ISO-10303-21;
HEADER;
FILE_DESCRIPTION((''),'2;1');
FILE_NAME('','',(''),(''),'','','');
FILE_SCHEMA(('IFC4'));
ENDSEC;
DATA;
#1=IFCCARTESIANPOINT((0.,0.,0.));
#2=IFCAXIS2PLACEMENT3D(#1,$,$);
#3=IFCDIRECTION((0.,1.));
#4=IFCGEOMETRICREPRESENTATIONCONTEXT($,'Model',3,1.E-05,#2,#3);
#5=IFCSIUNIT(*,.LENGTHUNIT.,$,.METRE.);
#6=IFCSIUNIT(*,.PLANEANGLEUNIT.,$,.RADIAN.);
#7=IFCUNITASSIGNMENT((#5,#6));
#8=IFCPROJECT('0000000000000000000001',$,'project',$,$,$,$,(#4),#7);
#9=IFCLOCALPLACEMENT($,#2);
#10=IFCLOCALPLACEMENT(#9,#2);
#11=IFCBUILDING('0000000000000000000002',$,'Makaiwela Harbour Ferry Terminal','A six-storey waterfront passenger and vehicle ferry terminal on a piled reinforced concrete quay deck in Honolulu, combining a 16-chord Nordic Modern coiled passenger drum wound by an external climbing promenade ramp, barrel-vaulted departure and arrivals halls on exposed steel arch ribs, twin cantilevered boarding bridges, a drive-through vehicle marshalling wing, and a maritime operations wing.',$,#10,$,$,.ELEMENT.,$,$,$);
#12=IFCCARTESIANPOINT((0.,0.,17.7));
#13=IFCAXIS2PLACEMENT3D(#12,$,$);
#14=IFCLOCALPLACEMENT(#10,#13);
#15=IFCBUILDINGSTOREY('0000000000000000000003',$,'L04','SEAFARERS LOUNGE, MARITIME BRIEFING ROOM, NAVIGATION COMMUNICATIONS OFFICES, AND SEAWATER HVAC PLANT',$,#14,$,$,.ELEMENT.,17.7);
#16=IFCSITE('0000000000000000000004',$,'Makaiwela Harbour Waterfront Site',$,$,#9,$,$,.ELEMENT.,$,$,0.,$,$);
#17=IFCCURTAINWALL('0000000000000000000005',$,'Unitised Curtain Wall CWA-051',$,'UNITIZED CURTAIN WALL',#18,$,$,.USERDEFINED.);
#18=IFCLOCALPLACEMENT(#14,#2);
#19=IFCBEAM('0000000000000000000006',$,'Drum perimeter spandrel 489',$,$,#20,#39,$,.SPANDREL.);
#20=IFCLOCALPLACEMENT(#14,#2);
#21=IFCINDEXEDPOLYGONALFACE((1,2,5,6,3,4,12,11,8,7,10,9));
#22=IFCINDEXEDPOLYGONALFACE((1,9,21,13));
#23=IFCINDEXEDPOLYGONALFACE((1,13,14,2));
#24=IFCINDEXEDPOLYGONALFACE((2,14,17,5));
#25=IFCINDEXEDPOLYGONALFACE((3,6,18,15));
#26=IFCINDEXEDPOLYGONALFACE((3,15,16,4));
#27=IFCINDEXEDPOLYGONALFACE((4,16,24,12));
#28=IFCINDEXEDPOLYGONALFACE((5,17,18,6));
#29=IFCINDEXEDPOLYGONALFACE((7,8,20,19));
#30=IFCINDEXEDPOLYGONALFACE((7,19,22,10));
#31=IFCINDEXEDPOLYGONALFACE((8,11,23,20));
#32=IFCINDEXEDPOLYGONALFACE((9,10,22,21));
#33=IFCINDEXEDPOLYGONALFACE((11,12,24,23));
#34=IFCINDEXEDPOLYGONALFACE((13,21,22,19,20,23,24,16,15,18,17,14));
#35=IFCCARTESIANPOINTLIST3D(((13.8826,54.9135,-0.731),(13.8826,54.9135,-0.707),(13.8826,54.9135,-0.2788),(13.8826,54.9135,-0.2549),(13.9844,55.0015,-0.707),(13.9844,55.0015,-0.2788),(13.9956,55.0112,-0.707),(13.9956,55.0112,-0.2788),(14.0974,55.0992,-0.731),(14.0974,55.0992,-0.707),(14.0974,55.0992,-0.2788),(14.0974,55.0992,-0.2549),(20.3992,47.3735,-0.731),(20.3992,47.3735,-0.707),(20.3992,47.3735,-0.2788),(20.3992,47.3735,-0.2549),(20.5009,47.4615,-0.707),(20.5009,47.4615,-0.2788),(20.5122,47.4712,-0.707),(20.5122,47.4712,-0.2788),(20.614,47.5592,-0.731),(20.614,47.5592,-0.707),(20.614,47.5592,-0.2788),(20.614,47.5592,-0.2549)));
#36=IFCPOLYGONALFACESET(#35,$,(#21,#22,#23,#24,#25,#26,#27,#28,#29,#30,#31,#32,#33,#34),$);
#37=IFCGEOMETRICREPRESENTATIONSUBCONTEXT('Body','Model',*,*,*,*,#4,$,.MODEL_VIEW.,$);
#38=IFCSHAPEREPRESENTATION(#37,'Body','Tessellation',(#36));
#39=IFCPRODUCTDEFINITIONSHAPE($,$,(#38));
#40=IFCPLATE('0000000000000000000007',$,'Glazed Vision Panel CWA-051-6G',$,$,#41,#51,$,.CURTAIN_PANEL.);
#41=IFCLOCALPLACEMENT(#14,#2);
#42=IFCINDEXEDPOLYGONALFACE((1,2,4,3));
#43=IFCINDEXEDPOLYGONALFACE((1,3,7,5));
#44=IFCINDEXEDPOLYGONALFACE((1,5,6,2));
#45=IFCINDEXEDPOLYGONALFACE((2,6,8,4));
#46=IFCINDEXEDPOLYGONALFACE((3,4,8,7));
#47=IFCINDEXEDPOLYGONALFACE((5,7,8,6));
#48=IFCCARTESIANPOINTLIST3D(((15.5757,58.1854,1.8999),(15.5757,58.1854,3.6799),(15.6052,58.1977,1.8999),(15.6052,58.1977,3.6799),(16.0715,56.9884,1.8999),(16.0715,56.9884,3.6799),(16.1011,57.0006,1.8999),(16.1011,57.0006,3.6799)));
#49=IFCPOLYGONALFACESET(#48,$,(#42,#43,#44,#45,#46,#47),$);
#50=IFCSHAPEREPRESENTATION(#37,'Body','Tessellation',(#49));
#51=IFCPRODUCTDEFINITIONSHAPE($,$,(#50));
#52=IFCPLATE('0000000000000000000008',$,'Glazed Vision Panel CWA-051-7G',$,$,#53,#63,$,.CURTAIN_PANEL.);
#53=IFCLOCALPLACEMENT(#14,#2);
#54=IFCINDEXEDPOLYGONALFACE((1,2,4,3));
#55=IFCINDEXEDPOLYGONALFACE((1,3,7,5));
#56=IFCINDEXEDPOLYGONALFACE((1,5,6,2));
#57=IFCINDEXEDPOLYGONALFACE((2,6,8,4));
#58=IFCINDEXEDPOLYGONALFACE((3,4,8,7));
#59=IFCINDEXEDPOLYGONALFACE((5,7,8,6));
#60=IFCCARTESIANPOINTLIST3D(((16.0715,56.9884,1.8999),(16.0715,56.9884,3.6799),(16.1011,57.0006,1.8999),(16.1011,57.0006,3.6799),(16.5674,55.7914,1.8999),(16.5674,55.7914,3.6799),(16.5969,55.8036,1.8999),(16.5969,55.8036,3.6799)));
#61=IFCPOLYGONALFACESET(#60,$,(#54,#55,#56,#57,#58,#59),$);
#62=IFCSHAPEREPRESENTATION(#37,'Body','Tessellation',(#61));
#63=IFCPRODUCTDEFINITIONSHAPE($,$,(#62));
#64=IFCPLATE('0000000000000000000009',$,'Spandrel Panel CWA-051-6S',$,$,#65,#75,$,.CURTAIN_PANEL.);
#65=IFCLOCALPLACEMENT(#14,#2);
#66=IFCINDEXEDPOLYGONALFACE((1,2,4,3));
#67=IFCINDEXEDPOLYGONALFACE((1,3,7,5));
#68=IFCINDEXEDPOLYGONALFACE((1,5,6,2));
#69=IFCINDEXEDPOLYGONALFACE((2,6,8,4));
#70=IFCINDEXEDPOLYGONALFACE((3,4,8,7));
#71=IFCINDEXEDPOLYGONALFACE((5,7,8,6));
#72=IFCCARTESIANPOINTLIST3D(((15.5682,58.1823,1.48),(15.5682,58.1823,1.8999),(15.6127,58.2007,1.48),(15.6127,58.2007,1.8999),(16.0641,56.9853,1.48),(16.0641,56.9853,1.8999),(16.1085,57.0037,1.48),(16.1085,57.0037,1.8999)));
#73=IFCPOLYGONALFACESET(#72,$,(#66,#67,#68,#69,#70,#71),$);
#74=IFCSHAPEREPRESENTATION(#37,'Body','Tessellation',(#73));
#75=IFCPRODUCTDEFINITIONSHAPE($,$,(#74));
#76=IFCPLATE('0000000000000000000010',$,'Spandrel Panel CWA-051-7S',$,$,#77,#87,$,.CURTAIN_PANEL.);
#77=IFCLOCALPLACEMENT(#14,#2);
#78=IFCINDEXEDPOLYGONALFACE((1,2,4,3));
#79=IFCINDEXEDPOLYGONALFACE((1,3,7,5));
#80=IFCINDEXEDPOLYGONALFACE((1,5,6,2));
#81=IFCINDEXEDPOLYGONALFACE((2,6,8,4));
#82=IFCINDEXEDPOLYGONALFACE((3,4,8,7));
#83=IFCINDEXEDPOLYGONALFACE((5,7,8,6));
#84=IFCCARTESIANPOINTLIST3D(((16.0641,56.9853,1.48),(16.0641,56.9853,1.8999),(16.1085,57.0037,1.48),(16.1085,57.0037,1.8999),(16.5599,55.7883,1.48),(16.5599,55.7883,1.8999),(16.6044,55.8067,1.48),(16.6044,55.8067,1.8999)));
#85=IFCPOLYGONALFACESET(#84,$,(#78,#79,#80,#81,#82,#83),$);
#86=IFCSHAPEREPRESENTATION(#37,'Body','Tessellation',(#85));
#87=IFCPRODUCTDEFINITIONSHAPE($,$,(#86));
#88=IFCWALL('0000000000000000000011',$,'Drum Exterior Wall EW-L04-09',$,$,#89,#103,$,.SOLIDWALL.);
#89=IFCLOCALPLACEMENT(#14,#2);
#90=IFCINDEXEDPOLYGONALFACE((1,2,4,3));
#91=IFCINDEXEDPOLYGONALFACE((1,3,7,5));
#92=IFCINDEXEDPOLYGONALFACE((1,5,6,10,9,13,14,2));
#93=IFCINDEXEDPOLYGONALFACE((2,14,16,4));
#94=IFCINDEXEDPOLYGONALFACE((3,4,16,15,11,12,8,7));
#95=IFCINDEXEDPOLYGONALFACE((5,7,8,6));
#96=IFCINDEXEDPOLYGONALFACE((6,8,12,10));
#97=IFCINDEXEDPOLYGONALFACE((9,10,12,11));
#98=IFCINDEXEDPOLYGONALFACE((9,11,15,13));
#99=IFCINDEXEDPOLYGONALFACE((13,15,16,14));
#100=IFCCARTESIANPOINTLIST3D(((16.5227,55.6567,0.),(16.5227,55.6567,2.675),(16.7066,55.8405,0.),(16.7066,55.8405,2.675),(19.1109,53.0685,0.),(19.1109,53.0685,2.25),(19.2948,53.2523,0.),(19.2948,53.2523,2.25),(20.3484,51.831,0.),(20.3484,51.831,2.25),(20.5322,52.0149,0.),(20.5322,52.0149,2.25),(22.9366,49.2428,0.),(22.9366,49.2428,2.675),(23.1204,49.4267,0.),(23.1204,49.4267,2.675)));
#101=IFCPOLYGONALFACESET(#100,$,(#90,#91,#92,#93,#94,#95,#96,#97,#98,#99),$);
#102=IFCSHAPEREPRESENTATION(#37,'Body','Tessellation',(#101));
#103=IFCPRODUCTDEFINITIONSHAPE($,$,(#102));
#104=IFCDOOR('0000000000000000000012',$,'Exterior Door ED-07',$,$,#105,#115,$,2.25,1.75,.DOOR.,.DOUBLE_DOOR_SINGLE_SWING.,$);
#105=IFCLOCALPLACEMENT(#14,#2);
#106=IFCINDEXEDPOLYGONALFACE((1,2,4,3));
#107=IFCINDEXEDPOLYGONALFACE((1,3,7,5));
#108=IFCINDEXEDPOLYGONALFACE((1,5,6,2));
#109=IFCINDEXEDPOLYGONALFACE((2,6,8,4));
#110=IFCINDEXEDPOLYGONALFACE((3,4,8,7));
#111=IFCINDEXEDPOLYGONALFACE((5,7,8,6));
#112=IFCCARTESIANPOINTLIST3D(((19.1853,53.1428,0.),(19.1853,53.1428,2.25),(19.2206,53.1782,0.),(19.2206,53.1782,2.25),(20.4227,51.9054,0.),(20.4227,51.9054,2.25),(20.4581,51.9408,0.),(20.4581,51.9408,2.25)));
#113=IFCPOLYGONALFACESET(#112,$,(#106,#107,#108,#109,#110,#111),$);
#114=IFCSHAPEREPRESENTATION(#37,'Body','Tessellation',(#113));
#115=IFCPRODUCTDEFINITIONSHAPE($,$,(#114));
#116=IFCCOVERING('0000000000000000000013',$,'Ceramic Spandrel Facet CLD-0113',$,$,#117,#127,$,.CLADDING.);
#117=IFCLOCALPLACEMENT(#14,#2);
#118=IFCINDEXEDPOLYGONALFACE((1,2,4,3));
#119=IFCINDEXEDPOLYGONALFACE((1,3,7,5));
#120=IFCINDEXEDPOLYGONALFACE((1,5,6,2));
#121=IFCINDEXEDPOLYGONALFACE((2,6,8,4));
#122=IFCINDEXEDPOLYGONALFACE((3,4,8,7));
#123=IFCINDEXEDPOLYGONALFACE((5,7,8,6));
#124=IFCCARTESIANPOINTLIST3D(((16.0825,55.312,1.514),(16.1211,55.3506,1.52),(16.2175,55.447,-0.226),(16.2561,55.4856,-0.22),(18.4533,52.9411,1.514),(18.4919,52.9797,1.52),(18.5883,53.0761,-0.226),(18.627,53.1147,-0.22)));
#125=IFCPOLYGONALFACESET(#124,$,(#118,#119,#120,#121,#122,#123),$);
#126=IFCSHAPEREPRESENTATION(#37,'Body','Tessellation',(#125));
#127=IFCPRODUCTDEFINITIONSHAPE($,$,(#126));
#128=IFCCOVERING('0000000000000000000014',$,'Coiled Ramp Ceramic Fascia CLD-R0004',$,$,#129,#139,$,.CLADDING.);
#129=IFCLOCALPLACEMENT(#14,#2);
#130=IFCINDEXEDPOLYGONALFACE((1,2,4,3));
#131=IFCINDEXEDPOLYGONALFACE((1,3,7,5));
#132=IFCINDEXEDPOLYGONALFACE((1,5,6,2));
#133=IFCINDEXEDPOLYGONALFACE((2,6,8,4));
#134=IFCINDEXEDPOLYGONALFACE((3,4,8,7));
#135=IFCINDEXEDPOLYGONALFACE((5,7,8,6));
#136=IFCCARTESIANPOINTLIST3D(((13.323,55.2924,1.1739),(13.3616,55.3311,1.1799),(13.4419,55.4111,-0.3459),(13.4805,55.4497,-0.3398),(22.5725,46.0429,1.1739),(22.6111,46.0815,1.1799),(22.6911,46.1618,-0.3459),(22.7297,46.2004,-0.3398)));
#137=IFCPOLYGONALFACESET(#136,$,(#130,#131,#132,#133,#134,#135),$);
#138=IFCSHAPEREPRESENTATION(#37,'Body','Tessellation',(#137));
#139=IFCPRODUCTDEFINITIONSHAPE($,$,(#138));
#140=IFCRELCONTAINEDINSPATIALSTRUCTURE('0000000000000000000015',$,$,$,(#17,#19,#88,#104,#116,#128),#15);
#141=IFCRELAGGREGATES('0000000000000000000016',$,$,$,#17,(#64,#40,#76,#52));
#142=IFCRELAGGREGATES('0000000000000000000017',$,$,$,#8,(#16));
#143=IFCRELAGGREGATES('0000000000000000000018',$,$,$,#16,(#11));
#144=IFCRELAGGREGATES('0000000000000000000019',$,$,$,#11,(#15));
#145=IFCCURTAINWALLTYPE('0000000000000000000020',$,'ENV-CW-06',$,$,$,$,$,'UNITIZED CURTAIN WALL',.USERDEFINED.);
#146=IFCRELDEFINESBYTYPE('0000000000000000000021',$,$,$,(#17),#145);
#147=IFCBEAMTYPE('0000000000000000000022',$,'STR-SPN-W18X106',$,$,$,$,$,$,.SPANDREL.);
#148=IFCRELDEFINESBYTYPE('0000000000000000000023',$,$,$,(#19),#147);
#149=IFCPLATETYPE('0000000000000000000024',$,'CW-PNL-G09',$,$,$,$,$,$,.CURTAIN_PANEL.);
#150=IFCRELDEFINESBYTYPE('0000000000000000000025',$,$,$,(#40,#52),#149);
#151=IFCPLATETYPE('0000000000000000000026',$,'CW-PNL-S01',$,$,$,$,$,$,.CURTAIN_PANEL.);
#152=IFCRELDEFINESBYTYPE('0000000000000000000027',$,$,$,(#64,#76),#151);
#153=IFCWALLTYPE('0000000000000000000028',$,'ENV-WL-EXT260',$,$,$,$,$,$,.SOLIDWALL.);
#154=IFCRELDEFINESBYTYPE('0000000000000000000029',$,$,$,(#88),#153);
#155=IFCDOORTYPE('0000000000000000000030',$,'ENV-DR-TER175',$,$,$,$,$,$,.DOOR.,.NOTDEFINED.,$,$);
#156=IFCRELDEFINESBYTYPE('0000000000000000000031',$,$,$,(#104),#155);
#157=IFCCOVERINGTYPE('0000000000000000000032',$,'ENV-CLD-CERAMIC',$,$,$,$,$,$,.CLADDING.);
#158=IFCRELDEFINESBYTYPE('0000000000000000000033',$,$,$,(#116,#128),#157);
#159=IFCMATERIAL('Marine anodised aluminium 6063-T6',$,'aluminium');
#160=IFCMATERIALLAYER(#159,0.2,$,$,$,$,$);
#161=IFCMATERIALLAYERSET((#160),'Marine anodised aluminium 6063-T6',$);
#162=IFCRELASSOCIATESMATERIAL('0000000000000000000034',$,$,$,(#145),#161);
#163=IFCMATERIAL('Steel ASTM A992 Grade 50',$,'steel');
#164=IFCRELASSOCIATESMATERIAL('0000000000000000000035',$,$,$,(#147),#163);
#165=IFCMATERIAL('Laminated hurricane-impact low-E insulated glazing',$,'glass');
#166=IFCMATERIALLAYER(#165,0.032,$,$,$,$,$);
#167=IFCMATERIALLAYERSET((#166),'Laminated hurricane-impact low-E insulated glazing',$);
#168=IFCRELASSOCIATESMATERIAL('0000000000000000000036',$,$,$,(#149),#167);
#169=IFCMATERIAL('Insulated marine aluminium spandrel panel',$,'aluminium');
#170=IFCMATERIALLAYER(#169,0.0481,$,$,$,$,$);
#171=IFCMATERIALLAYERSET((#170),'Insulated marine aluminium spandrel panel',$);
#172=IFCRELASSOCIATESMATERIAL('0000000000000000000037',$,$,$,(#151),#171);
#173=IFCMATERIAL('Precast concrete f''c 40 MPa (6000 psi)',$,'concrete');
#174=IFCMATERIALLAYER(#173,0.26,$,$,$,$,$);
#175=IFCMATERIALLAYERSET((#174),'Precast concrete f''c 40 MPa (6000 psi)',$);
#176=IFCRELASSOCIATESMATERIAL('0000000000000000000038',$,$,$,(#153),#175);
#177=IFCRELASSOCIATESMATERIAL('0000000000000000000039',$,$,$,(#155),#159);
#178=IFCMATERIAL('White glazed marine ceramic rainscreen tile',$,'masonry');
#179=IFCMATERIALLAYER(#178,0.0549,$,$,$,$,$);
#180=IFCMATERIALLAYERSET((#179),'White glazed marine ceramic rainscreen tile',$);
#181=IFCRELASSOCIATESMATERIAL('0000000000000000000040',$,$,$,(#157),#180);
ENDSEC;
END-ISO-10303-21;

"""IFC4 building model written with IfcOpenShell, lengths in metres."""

from ifc_helpers import new_model, si_unit, direction, frame, frame_2d, origin, origin_2d, place, context, subcontext, project, spatial, polyline, rectangle, i_section, outline, extrude, material, layer, layer_set, material_profile, profile_set, type_object, element, fill, aggregate, save


model = new_model("IFC4")

# Units and contexts
model_context = context("Model", 3, precision=1e-05, world=origin(), true_north=direction((0.0, 1.0)))
body_context = subcontext(model_context, "Body", "Model", "MODEL_VIEW")
ifc_project = project(units=[si_unit("LENGTHUNIT", "METRE"), si_unit("PLANEANGLEUNIT", "RADIAN")], contexts=[model_context])

# Site, building, storey
site_placement = place(None, origin())
site = spatial("IfcSite", under=ifc_project, at=site_placement, Name="Makaiwela Harbour Waterfront Site", CompositionType="ELEMENT", RefElevation=0.0)
building_placement = place(site_placement, origin())
building = spatial("IfcBuilding", under=site, at=building_placement, Name="Makaiwela Harbour Ferry Terminal", Description="A six-storey waterfront passenger and vehicle ferry terminal on a piled reinforced concrete quay deck in Honolulu, combining a 16-chord Nordic Modern coiled passenger drum wound by an external climbing promenade ramp, barrel-vaulted departure and arrivals halls on exposed steel arch ribs, twin cantilevered boarding bridges, a drive-through vehicle marshalling wing, and a maritime operations wing.", CompositionType="ELEMENT")
storey_placement = place(building_placement, frame((0.0, 0.0, 17.7)))
storey = spatial("IfcBuildingStorey", under=building, at=storey_placement, Name="L04", Description="SEAFARERS LOUNGE, MARITIME BRIEFING ROOM, NAVIGATION COMMUNICATIONS OFFICES, AND SEAWATER HVAC PLANT", CompositionType="ELEMENT", Elevation=17.7)

# Curtain wall
ifc_material_1 = material(Name="Marine anodised aluminium 6063-T6", Category="aluminium")
ifc_layer_1 = layer(ifc_material_1, 0.2)
ifc_layer_set_1 = layer_set([ifc_layer_1], Name="Marine anodised aluminium 6063-T6")
curtain_wall_type = type_object("IfcCurtainWallType", Name="ENV-CW-06", ElementType="UNITIZED CURTAIN WALL", PredefinedType="USERDEFINED", material=ifc_layer_set_1)
curtain_wall_placement = place(storey_placement, origin())
curtain_wall = element("IfcCurtainWall", 1, at=curtain_wall_placement, inside=storey, type_object=curtain_wall_type, Name="Unitised Curtain Wall CWA-051", ObjectType="UNITIZED CURTAIN WALL", PredefinedType="USERDEFINED")

# Beam
ifc_material_2 = material(Name="Steel ASTM A992 Grade 50", Category="steel")
ifc_material_profile_1 = material_profile(ifc_material_2, i_section(OverallWidth=0.2839, OverallDepth=0.4761, WebThickness=0.0149, FlangeThickness=0.0239, at=origin_2d()), Name="W18X106")
ifc_profile_set_1 = profile_set([ifc_material_profile_1], Name="Steel ASTM A992 Grade 50")
beam_type_1 = type_object("IfcBeamType", Name="STR-SPN-W18X106", PredefinedType="SPANDREL", material=ifc_profile_set_1)
beam_1_placement = place(storey_placement, frame((13.99, 55.0063, -0.4929), z_axis=(0.653893, -0.756587, 0.0), x_axis=(0.756587, 0.653893, 0.0)))
element("IfcBeam", 2, at=beam_1_placement, inside=storey, type_object=beam_type_1, Name="Drum perimeter spandrel 489", PredefinedType="SPANDREL", context=body_context, shape_type="SweptSolid", body=[
    extrude(i_section(OverallWidth=0.2839, OverallDepth=0.4761, WebThickness=0.0149, FlangeThickness=0.0239, at=origin_2d()), origin(), (0.0, 0.0, 1.0), 9.9658),
])

# Plates
ifc_material_3 = material(Name="Laminated hurricane-impact low-E insulated glazing", Category="glass")
ifc_layer_2 = layer(ifc_material_3, 0.032)
ifc_layer_set_2 = layer_set([ifc_layer_2], Name="Laminated hurricane-impact low-E insulated glazing")
plate_type_1 = type_object("IfcPlateType", Name="CW-PNL-G09", PredefinedType="CURTAIN_PANEL", material=ifc_layer_set_2)
plate_1_placement = place(storey_placement, frame((15.8384, 57.593, 1.8999), z_axis=(0.0, 0.0, 1.0), x_axis=(0.382683, -0.92388, 0.0)))
plate_1 = element("IfcPlate", 3, at=plate_1_placement, type_object=plate_type_1, Name="Glazed Vision Panel CWA-051-6G", PredefinedType="CURTAIN_PANEL", context=body_context, shape_type="SweptSolid", body=[
    extrude(rectangle(XDim=1.2957, YDim=0.032, at=origin_2d()), origin(), (0.0, 0.0, 1.0), 1.78),
])
plate_2_placement = place(storey_placement, frame((16.3342, 56.396, 1.8999), z_axis=(0.0, 0.0, 1.0), x_axis=(0.382683, -0.92388, 0.0)))
plate_2 = element("IfcPlate", 4, at=plate_2_placement, type_object=plate_type_1, Name="Glazed Vision Panel CWA-051-7G", PredefinedType="CURTAIN_PANEL", context=body_context, shape_type="SweptSolid", body=[
    extrude(rectangle(XDim=1.2957, YDim=0.032, at=origin_2d()), origin(), (0.0, 0.0, 1.0), 1.78),
])
ifc_material_4 = material(Name="Insulated marine aluminium spandrel panel", Category="aluminium")
ifc_layer_3 = layer(ifc_material_4, 0.0481)
ifc_layer_set_3 = layer_set([ifc_layer_3], Name="Insulated marine aluminium spandrel panel")
plate_type_2 = type_object("IfcPlateType", Name="CW-PNL-S01", PredefinedType="CURTAIN_PANEL", material=ifc_layer_set_3)
plate_3_placement = place(storey_placement, frame((15.8384, 57.593, 1.48), z_axis=(0.0, 0.0, 1.0), x_axis=(0.382683, -0.92388, 0.0)))
plate_3 = element("IfcPlate", 5, at=plate_3_placement, type_object=plate_type_2, Name="Spandrel Panel CWA-051-6S", PredefinedType="CURTAIN_PANEL", context=body_context, shape_type="SweptSolid", body=[
    extrude(rectangle(XDim=1.2957, YDim=0.0481, at=origin_2d()), origin(), (0.0, 0.0, 1.0), 0.4199),
])
plate_4_placement = place(storey_placement, frame((16.3342, 56.396, 1.48), z_axis=(0.0, 0.0, 1.0), x_axis=(0.382683, -0.92388, 0.0)))
plate_4 = element("IfcPlate", 6, at=plate_4_placement, type_object=plate_type_2, Name="Spandrel Panel CWA-051-7S", PredefinedType="CURTAIN_PANEL", context=body_context, shape_type="SweptSolid", body=[
    extrude(rectangle(XDim=1.2957, YDim=0.0481, at=origin_2d()), origin(), (0.0, 0.0, 1.0), 0.4199),
])
aggregate(curtain_wall, [plate_3, plate_1, plate_4, plate_2])

# Wall, opening, door
ifc_material_5 = material(Name="Precast concrete f'c 40 MPa (6000 psi)", Category="concrete")
ifc_layer_4 = layer(ifc_material_5, 0.26)
ifc_layer_set_4 = layer_set([ifc_layer_4], Name="Precast concrete f'c 40 MPa (6000 psi)")
wall_type = type_object("IfcWallType", Name="ENV-WL-EXT260", PredefinedType="SOLIDWALL", material=ifc_layer_set_4)
wall_placement = place(storey_placement, frame((16.6147, 55.7485, 0.0), z_axis=(0.0, 0.0, 1.0), x_axis=(0.707107, -0.707107, 0.0)))
wall = element("IfcWall", 7, at=wall_placement, inside=storey, type_object=wall_type, Name="Drum Exterior Wall EW-L04-09", PredefinedType="SOLIDWALL", context=body_context, shape_type="SweptSolid", body=[
    extrude(rectangle(XDim=9.0706, YDim=0.26, at=frame_2d((4.5352, 0.0))), origin(), (0.0, 0.0, 1.0), 2.675),
])
opening_placement = place(wall_placement, frame((3.6602, 0.0, 0.0)))
opening = element("IfcOpeningElement", 8, at=opening_placement, cuts=wall, PredefinedType="OPENING", context=body_context, shape_type="SweptSolid", body=[
    extrude(rectangle(XDim=1.75, YDim=2.25, at=frame_2d((0.875, 1.125))), frame((0.0, 0.1399, 0.0), z_axis=(0.0, -1.0, 0.0), x_axis=(1.0, 0.0, 0.0)), (0.0, 0.0, 1.0), 0.28),
])
door_type = type_object("IfcDoorType", Name="ENV-DR-TER175", OperationType="NOTDEFINED", PredefinedType="DOOR", material=ifc_material_1)
door_placement = place(opening_placement, frame((1.75, 0.0, 0.0), z_axis=(0.0, 0.0, 1.0), x_axis=(-1.0, 0.0, 0.0)))
door = element("IfcDoor", 9, at=door_placement, inside=storey, type_object=door_type, Name="Exterior Door ED-07", OperationType="DOUBLE_DOOR_SINGLE_SWING", OverallHeight=2.25, OverallWidth=1.75, PredefinedType="DOOR", context=body_context, shape_type="SweptSolid", body=[
    extrude(rectangle(XDim=1.75, YDim=2.25, at=frame_2d((0.875, 1.125))), frame((0.0, 0.0249, 0.0), z_axis=(0.0, -1.0, 0.0), x_axis=(1.0, 0.0, 0.0)), (0.0, 0.0, 1.0), 0.05),
])
fill(opening, door)

# Coverings
ifc_material_6 = material(Name="White glazed marine ceramic rainscreen tile", Category="masonry")
ifc_layer_5 = layer(ifc_material_6, 0.0549)
ifc_layer_set_5 = layer_set([ifc_layer_5], Name="White glazed marine ceramic rainscreen tile")
covering_type = type_object("IfcCoveringType", Name="ENV-CLD-CERAMIC", PredefinedType="CLADDING", material=ifc_layer_set_5)
covering_1_placement = place(storey_placement, frame((16.2561, 55.4856, -0.22), z_axis=(0.702888, 0.702888, 0.109077), x_axis=(0.707107, -0.707107, 0.0)))
element("IfcCovering", 10, at=covering_1_placement, inside=storey, type_object=covering_type, Name="Ceramic Spandrel Facet CLD-0113", PredefinedType="CLADDING", context=body_context, shape_type="SweptSolid", body=[
    extrude(outline(polyline([(0.0, 0.0), (3.3529, 0.0), (3.3529, -1.7504), (0.0, -1.7504), (0.0, 0.0)])), origin(), (0.0, 0.0, -1.0), 0.0549),
])
covering_2_placement = place(storey_placement, frame((13.4805, 55.4497, -0.3398), z_axis=(0.702827, 0.702827, 0.109856), x_axis=(0.707107, -0.707107, 0.0)))
element("IfcCovering", 11, at=covering_2_placement, inside=storey, type_object=covering_type, Name="Coiled Ramp Ceramic Fascia CLD-R0004", PredefinedType="CLADDING", context=body_context, shape_type="SweptSolid", body=[
    extrude(outline(polyline([(0.0, 0.0), (13.0804, 0.0), (13.0806, -1.529), (-0.0002, -1.529), (0.0, 0.0)])), origin(), (0.0, 0.0, -1.0), 0.0549),
])

save(model, "model.ifc")
